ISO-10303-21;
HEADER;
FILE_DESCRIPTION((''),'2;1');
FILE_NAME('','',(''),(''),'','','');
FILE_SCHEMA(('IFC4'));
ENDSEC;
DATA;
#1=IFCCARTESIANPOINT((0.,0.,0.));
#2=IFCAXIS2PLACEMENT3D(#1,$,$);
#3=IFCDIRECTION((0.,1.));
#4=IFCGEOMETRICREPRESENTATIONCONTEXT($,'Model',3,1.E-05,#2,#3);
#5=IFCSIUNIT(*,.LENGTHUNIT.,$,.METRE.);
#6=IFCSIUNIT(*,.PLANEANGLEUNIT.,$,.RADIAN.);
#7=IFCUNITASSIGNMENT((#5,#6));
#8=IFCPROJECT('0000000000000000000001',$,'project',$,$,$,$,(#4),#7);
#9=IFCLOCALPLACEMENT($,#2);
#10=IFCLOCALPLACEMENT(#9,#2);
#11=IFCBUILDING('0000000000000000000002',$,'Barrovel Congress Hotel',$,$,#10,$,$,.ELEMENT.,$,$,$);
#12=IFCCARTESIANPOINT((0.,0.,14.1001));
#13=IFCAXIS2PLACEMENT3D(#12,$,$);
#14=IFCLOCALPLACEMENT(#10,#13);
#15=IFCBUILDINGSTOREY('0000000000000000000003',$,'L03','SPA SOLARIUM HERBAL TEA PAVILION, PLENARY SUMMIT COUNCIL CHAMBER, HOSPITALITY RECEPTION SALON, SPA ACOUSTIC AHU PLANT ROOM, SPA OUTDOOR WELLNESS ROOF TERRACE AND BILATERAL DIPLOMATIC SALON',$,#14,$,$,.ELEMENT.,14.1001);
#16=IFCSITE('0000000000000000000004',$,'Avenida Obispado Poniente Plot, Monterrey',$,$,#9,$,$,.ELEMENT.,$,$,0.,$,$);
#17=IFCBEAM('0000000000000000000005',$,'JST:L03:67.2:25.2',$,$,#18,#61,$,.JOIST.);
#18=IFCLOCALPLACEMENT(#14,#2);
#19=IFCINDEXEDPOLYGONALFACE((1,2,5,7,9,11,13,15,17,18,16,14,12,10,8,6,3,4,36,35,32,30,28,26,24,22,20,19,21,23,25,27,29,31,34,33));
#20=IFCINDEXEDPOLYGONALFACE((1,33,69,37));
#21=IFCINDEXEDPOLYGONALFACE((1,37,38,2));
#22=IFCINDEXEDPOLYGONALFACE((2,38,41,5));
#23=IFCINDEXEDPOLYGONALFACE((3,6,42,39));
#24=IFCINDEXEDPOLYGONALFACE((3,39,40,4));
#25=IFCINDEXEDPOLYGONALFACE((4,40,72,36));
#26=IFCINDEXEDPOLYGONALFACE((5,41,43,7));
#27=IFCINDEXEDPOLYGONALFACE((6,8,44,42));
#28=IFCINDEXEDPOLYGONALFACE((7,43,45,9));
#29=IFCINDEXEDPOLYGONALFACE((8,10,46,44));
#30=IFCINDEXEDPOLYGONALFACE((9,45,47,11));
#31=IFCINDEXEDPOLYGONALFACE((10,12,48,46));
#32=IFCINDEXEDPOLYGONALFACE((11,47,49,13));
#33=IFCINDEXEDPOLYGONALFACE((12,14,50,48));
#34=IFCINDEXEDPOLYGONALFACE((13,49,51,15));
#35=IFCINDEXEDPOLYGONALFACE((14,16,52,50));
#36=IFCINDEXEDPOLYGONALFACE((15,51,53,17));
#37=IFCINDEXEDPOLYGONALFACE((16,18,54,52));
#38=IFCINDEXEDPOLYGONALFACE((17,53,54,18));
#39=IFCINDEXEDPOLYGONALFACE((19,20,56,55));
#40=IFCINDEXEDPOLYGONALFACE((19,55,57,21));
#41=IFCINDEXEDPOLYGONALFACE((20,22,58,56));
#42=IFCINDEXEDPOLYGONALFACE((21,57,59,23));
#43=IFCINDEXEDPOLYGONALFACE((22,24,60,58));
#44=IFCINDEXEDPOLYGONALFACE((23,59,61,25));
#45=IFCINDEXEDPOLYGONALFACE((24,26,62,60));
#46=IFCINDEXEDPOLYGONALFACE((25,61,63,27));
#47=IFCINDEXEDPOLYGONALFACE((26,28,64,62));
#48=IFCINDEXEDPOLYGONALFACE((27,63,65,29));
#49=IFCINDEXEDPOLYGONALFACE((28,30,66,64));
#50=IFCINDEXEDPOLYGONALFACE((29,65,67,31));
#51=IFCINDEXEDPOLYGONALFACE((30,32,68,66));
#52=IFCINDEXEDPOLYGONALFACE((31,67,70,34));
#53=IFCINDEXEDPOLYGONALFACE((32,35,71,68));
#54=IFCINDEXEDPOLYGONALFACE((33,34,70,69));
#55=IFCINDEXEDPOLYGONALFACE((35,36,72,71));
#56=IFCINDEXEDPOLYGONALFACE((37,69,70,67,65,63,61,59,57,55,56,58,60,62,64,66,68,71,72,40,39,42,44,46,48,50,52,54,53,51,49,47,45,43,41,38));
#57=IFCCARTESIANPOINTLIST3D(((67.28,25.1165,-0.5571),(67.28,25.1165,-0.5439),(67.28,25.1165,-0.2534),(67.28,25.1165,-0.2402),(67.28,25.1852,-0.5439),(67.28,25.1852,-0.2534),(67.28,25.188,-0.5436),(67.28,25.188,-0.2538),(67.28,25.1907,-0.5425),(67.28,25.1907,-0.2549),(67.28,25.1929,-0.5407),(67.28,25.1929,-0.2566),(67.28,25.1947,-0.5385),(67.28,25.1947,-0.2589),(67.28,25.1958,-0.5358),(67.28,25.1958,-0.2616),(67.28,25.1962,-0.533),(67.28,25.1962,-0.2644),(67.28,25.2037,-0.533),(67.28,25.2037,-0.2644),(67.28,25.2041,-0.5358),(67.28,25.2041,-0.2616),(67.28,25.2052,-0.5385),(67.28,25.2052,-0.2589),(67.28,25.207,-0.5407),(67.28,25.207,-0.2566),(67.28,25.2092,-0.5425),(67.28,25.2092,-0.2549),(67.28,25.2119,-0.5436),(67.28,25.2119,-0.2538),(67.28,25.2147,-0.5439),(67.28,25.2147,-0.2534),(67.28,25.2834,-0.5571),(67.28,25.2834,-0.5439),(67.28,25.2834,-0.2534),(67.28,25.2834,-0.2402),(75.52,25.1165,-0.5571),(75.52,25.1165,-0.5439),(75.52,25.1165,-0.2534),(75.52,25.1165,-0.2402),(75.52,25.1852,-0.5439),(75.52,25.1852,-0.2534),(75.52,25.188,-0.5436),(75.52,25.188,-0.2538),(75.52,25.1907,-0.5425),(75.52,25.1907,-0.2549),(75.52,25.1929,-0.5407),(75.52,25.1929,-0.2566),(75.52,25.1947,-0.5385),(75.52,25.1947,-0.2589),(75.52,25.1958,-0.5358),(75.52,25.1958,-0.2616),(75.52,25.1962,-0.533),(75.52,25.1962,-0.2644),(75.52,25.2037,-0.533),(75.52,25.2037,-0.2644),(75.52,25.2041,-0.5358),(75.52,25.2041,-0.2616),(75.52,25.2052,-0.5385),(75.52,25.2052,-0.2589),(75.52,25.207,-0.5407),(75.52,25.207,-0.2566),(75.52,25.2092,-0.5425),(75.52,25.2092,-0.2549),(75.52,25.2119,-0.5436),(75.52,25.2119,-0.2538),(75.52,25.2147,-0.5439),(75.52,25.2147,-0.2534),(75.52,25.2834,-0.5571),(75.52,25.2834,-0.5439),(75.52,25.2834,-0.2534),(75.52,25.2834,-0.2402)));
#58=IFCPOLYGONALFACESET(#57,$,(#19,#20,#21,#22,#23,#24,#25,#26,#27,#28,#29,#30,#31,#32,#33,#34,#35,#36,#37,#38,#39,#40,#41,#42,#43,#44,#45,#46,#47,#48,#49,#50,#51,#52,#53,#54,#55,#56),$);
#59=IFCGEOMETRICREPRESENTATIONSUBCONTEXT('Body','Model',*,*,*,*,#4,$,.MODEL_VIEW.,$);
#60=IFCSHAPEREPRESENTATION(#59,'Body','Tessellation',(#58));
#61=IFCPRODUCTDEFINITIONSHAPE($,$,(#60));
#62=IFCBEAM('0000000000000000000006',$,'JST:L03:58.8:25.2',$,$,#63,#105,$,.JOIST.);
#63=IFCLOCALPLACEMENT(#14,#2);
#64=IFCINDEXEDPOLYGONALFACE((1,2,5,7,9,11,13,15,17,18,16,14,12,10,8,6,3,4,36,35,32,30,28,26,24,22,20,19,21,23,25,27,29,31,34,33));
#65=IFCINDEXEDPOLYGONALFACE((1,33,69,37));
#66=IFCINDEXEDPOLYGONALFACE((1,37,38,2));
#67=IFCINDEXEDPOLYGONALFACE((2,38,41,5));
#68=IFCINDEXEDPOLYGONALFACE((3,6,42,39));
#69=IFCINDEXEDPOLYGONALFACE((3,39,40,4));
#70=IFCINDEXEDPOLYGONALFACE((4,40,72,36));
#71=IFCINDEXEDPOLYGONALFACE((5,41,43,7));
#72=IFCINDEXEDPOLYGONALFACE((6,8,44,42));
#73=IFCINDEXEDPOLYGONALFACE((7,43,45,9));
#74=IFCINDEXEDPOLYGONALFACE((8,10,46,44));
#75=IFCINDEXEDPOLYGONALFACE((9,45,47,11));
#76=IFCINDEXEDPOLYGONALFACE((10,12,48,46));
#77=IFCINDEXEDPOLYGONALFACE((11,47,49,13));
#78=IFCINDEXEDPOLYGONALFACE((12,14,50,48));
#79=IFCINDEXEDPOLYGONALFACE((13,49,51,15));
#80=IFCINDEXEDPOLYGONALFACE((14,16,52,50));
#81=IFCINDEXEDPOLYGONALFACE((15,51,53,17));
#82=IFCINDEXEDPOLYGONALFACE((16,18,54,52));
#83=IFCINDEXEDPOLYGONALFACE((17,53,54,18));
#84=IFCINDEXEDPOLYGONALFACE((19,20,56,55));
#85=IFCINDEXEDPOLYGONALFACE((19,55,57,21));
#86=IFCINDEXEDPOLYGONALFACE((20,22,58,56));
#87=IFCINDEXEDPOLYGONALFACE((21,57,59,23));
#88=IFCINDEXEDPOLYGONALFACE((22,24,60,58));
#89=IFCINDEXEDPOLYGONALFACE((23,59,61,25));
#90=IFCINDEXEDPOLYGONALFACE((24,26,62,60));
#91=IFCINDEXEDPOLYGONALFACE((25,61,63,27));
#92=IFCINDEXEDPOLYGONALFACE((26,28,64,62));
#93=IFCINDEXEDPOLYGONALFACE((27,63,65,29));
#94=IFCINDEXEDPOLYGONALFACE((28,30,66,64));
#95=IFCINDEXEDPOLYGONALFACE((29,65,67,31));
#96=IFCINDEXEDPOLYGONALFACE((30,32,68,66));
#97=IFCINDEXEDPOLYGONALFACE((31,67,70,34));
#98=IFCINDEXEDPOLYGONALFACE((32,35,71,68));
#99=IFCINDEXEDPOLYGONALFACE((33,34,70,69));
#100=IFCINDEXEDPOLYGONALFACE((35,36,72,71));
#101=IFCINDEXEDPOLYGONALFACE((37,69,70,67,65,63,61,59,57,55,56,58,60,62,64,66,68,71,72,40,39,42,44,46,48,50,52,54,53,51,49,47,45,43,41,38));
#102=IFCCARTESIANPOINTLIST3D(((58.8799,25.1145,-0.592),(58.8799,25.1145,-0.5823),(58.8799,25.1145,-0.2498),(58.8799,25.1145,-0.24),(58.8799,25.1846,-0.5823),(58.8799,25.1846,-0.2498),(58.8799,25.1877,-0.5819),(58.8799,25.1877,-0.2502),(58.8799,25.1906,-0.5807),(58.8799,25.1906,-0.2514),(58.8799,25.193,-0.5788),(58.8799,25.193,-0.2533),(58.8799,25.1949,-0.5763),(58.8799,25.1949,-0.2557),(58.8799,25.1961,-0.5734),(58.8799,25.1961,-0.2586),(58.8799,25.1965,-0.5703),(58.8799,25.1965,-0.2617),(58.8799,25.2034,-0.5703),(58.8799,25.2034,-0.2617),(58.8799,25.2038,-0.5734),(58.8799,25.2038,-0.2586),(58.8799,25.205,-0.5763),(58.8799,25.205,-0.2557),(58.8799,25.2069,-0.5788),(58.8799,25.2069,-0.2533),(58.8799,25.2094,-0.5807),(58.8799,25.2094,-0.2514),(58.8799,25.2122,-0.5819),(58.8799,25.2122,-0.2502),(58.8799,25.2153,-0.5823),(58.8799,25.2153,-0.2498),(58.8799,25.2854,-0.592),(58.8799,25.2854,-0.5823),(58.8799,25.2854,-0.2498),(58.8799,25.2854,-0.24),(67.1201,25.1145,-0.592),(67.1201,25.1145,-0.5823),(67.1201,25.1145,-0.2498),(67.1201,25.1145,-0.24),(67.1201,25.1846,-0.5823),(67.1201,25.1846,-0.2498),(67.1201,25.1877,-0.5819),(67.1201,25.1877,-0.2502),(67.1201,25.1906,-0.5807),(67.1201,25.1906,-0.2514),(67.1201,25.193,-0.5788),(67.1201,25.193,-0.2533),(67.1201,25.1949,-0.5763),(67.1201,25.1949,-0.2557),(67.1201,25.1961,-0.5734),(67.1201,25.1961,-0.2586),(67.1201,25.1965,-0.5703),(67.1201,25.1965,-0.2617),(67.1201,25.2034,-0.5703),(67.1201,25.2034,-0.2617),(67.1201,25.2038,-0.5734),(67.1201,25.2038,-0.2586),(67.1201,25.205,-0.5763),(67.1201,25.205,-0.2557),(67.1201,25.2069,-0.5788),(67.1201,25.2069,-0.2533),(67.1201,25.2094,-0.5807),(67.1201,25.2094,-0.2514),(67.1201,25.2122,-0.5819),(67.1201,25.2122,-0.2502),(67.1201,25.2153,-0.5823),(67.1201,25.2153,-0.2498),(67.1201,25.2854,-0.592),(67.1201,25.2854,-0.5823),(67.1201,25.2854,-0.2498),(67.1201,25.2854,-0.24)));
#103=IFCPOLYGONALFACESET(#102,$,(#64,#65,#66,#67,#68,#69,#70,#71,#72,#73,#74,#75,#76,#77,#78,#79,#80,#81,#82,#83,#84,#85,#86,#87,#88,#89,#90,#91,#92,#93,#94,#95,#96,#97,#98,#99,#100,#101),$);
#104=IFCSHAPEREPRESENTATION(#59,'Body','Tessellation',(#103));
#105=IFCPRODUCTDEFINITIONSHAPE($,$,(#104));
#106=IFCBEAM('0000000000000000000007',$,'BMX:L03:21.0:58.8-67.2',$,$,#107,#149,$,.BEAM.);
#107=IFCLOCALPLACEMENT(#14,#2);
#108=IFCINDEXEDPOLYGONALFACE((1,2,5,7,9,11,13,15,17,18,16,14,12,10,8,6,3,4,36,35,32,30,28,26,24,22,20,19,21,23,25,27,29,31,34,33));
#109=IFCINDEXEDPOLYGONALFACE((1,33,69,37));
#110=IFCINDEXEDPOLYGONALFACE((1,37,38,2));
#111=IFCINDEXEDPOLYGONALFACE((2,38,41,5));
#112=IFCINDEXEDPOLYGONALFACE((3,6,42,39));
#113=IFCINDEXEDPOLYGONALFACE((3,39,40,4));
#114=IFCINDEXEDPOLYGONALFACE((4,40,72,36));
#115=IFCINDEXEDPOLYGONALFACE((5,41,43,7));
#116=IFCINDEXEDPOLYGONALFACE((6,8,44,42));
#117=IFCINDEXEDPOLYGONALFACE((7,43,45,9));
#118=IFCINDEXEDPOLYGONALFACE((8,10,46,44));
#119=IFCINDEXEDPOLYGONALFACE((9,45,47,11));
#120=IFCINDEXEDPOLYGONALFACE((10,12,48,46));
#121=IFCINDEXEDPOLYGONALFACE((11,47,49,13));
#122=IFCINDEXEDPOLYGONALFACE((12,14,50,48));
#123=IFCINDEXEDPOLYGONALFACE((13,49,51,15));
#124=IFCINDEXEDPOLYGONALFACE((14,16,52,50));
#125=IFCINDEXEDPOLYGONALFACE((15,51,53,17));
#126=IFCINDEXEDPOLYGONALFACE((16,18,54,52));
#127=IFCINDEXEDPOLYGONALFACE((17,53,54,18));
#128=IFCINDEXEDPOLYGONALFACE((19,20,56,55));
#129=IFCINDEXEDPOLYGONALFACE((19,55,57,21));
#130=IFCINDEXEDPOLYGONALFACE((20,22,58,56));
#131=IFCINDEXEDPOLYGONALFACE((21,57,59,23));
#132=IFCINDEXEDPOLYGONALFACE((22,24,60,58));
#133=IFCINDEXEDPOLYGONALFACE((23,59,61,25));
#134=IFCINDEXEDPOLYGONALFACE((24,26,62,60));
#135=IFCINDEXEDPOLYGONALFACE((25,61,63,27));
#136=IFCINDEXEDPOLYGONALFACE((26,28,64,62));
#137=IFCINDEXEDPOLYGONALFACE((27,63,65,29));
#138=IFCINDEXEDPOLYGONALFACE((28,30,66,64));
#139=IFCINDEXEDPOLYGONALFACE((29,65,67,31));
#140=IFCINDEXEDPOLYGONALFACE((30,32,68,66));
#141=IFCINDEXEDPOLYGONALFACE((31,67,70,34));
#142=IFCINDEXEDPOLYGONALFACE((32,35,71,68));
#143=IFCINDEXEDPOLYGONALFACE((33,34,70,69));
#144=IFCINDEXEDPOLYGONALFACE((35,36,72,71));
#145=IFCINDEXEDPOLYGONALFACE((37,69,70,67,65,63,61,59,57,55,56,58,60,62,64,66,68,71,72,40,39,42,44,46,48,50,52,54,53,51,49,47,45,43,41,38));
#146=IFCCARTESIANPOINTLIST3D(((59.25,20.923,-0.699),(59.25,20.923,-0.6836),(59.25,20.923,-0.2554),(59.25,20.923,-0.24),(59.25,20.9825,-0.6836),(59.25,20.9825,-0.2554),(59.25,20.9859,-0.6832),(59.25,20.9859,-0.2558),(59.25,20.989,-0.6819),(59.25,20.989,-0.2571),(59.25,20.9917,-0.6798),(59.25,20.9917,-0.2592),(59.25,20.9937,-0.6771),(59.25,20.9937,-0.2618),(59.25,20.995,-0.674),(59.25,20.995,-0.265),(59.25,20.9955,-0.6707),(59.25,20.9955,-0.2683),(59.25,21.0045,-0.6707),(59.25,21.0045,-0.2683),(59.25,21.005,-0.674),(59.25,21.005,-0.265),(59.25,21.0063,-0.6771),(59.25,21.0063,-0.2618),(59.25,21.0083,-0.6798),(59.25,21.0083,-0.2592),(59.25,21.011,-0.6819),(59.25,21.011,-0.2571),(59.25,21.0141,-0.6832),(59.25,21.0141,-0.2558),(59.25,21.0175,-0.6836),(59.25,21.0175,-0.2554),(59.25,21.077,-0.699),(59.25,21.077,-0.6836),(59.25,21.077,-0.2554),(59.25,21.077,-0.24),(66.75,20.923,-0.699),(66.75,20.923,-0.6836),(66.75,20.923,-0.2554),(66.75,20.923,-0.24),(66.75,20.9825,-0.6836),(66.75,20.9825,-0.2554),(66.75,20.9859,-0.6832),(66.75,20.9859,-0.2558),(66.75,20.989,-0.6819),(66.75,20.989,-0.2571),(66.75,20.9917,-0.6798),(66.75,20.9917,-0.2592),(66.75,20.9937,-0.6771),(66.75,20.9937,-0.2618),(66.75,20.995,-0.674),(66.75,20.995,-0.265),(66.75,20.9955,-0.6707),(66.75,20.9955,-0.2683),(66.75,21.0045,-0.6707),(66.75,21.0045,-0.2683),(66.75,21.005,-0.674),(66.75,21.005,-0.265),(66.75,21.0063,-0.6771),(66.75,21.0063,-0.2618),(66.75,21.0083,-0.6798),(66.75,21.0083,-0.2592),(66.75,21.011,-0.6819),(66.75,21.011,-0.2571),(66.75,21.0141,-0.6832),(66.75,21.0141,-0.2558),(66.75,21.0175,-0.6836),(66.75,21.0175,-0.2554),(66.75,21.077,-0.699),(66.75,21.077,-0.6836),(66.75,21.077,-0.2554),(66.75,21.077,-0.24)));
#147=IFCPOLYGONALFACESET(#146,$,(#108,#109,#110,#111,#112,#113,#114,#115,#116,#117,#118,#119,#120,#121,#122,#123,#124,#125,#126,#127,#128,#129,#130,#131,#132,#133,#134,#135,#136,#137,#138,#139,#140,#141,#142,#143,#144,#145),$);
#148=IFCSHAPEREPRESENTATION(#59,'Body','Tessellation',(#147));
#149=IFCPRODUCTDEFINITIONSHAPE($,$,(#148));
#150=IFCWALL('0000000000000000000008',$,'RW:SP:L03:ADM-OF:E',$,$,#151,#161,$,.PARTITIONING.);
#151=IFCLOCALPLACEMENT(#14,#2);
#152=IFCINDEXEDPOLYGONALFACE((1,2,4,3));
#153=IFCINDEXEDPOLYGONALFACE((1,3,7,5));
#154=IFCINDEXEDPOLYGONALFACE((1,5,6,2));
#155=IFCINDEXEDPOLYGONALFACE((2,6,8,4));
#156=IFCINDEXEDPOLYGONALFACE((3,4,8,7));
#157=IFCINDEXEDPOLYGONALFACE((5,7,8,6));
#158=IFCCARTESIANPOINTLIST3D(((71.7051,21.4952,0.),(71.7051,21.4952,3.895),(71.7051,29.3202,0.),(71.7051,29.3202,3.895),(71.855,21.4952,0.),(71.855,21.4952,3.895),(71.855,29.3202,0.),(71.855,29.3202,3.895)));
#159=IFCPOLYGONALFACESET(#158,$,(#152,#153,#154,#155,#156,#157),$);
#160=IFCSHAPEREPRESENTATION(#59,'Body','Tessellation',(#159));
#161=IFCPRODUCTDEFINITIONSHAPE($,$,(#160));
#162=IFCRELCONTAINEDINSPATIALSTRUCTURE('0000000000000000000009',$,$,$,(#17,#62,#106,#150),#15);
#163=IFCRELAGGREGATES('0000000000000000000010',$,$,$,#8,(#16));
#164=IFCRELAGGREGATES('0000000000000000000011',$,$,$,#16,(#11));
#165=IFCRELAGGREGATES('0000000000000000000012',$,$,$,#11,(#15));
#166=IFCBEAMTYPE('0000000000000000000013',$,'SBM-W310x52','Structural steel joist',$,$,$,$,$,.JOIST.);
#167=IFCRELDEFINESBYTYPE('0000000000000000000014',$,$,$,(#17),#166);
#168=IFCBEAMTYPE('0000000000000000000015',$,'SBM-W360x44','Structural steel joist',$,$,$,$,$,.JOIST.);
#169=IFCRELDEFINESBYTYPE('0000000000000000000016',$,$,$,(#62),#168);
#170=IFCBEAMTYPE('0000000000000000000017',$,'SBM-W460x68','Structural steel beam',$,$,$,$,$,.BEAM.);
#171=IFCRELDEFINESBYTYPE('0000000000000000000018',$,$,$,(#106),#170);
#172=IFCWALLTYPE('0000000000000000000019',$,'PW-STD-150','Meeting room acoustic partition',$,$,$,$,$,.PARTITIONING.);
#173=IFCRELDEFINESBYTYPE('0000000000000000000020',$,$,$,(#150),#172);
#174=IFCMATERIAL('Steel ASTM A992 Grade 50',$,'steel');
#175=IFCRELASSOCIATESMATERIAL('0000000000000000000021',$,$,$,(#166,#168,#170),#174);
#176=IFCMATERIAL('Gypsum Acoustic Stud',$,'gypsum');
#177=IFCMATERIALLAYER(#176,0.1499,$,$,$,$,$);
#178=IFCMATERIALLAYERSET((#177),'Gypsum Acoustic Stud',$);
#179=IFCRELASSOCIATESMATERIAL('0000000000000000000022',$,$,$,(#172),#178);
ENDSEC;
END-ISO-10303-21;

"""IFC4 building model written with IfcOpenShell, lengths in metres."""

from ifc_helpers import new_model, si_unit, direction, frame, frame_2d, origin, origin_2d, place, context, subcontext, project, spatial, rectangle, i_section, extrude, material, layer, layer_set, material_profile, profile_set, type_object, element, save


model = new_model("IFC4")

# Units and contexts
model_context = context("Model", 3, precision=1e-05, world=origin(), true_north=direction((0.0, 1.0)))
body_context = subcontext(model_context, "Body", "Model", "MODEL_VIEW")
ifc_project = project(units=[si_unit("LENGTHUNIT", "METRE"), si_unit("PLANEANGLEUNIT", "RADIAN")], contexts=[model_context])

# Site, building, storey
site_placement = place(None, origin())
site = spatial("IfcSite", under=ifc_project, at=site_placement, Name="Avenida Obispado Poniente Plot, Monterrey", CompositionType="ELEMENT", RefElevation=0.0)
building_placement = place(site_placement, origin())
building = spatial("IfcBuilding", under=site, at=building_placement, Name="Barrovel Congress Hotel", CompositionType="ELEMENT")
storey_placement = place(building_placement, frame((0.0, 0.0, 14.1001)))
storey = spatial("IfcBuildingStorey", under=building, at=storey_placement, Name="L03", Description="SPA SOLARIUM HERBAL TEA PAVILION, PLENARY SUMMIT COUNCIL CHAMBER, HOSPITALITY RECEPTION SALON, SPA ACOUSTIC AHU PLANT ROOM, SPA OUTDOOR WELLNESS ROOF TERRACE AND BILATERAL DIPLOMATIC SALON", CompositionType="ELEMENT", Elevation=14.1001)

# Beams
ifc_material_1 = material(Name="Steel ASTM A992 Grade 50", Category="steel")
ifc_material_profile_1 = material_profile(ifc_material_1, i_section(OverallWidth=0.167, OverallDepth=0.3169, WebThickness=0.0076, FlangeThickness=0.0132, FilletRadius=0.011, at=origin_2d()), Name="W310x52")
ifc_profile_set_1 = profile_set([ifc_material_profile_1], Name="Steel ASTM A992 Grade 50")
beam_type_1 = type_object("IfcBeamType", Name="SBM-W310x52", Description="Structural steel joist", PredefinedType="JOIST", material=ifc_profile_set_1)
beam_1_placement = place(storey_placement, frame((67.28, 25.2, -0.3987), z_axis=(1.0, 0.0, 0.0), x_axis=(0.0, 1.0, 0.0)))
element("IfcBeam", 1, at=beam_1_placement, inside=storey, type_object=beam_type_1, Name="JST:L03:67.2:25.2", PredefinedType="JOIST", context=body_context, shape_type="SweptSolid", body=[
    extrude(i_section(OverallWidth=0.167, OverallDepth=0.3169, WebThickness=0.0076, FlangeThickness=0.0132, FilletRadius=0.011, at=origin_2d()), origin(), (0.0, 0.0, 1.0), 8.24),
])
ifc_material_profile_2 = material_profile(ifc_material_1, i_section(OverallWidth=0.1709, OverallDepth=0.3521, WebThickness=0.0068, FlangeThickness=0.0098, FilletRadius=0.012, at=origin_2d()), Name="W360x44")
ifc_profile_set_2 = profile_set([ifc_material_profile_2], Name="Steel ASTM A992 Grade 50")
beam_type_2 = type_object("IfcBeamType", Name="SBM-W360x44", Description="Structural steel joist", PredefinedType="JOIST", material=ifc_profile_set_2)
beam_2_placement = place(storey_placement, frame((58.8799, 25.2, -0.416), z_axis=(1.0, 0.0, 0.0), x_axis=(0.0, 1.0, 0.0)))
element("IfcBeam", 2, at=beam_2_placement, inside=storey, type_object=beam_type_2, Name="JST:L03:58.8:25.2", PredefinedType="JOIST", context=body_context, shape_type="SweptSolid", body=[
    extrude(i_section(OverallWidth=0.1709, OverallDepth=0.3521, WebThickness=0.0068, FlangeThickness=0.0098, FilletRadius=0.012, at=origin_2d()), origin(), (0.0, 0.0, 1.0), 8.2402),
])
ifc_material_profile_3 = material_profile(ifc_material_1, i_section(OverallWidth=0.1541, OverallDepth=0.459, WebThickness=0.009, FlangeThickness=0.0154, FilletRadius=0.0129, at=origin_2d()), Name="W460x68")
ifc_profile_set_3 = profile_set([ifc_material_profile_3], Name="Steel ASTM A992 Grade 50")
beam_type_3 = type_object("IfcBeamType", Name="SBM-W460x68", Description="Structural steel beam", PredefinedType="BEAM", material=ifc_profile_set_3)
beam_3_placement = place(storey_placement, frame((59.25, 21.0, -0.4695), z_axis=(1.0, 0.0, 0.0), x_axis=(0.0, 1.0, 0.0)))
element("IfcBeam", 3, at=beam_3_placement, inside=storey, type_object=beam_type_3, Name="BMX:L03:21.0:58.8-67.2", PredefinedType="BEAM", context=body_context, shape_type="SweptSolid", body=[
    extrude(i_section(OverallWidth=0.1541, OverallDepth=0.459, WebThickness=0.009, FlangeThickness=0.0154, FilletRadius=0.0129, at=origin_2d()), origin(), (0.0, 0.0, 1.0), 7.5),
])

# Wall
ifc_material_2 = material(Name="Gypsum Acoustic Stud", Category="gypsum")
ifc_layer_1 = layer(ifc_material_2, 0.1499)
ifc_layer_set_1 = layer_set([ifc_layer_1], Name="Gypsum Acoustic Stud")
wall_type_1 = type_object("IfcWallType", Name="PW-STD-150", Description="Meeting room acoustic partition", PredefinedType="PARTITIONING", material=ifc_layer_set_1)
wall_1_placement = place(storey_placement, frame((71.78, 21.4951, 0.0), z_axis=(0.0, 0.0, 1.0), x_axis=(0.0, 1.0, 0.0)))
element("IfcWall", 4, at=wall_1_placement, inside=storey, type_object=wall_type_1, Name="RW:SP:L03:ADM-OF:E", PredefinedType="PARTITIONING", context=body_context, shape_type="SweptSolid", body=[
    extrude(rectangle(XDim=7.825, YDim=0.1499, at=frame_2d((3.9126, 0.0))), origin(), (0.0, 0.0, 1.0), 3.895),
])

save(model, "model.ifc")
